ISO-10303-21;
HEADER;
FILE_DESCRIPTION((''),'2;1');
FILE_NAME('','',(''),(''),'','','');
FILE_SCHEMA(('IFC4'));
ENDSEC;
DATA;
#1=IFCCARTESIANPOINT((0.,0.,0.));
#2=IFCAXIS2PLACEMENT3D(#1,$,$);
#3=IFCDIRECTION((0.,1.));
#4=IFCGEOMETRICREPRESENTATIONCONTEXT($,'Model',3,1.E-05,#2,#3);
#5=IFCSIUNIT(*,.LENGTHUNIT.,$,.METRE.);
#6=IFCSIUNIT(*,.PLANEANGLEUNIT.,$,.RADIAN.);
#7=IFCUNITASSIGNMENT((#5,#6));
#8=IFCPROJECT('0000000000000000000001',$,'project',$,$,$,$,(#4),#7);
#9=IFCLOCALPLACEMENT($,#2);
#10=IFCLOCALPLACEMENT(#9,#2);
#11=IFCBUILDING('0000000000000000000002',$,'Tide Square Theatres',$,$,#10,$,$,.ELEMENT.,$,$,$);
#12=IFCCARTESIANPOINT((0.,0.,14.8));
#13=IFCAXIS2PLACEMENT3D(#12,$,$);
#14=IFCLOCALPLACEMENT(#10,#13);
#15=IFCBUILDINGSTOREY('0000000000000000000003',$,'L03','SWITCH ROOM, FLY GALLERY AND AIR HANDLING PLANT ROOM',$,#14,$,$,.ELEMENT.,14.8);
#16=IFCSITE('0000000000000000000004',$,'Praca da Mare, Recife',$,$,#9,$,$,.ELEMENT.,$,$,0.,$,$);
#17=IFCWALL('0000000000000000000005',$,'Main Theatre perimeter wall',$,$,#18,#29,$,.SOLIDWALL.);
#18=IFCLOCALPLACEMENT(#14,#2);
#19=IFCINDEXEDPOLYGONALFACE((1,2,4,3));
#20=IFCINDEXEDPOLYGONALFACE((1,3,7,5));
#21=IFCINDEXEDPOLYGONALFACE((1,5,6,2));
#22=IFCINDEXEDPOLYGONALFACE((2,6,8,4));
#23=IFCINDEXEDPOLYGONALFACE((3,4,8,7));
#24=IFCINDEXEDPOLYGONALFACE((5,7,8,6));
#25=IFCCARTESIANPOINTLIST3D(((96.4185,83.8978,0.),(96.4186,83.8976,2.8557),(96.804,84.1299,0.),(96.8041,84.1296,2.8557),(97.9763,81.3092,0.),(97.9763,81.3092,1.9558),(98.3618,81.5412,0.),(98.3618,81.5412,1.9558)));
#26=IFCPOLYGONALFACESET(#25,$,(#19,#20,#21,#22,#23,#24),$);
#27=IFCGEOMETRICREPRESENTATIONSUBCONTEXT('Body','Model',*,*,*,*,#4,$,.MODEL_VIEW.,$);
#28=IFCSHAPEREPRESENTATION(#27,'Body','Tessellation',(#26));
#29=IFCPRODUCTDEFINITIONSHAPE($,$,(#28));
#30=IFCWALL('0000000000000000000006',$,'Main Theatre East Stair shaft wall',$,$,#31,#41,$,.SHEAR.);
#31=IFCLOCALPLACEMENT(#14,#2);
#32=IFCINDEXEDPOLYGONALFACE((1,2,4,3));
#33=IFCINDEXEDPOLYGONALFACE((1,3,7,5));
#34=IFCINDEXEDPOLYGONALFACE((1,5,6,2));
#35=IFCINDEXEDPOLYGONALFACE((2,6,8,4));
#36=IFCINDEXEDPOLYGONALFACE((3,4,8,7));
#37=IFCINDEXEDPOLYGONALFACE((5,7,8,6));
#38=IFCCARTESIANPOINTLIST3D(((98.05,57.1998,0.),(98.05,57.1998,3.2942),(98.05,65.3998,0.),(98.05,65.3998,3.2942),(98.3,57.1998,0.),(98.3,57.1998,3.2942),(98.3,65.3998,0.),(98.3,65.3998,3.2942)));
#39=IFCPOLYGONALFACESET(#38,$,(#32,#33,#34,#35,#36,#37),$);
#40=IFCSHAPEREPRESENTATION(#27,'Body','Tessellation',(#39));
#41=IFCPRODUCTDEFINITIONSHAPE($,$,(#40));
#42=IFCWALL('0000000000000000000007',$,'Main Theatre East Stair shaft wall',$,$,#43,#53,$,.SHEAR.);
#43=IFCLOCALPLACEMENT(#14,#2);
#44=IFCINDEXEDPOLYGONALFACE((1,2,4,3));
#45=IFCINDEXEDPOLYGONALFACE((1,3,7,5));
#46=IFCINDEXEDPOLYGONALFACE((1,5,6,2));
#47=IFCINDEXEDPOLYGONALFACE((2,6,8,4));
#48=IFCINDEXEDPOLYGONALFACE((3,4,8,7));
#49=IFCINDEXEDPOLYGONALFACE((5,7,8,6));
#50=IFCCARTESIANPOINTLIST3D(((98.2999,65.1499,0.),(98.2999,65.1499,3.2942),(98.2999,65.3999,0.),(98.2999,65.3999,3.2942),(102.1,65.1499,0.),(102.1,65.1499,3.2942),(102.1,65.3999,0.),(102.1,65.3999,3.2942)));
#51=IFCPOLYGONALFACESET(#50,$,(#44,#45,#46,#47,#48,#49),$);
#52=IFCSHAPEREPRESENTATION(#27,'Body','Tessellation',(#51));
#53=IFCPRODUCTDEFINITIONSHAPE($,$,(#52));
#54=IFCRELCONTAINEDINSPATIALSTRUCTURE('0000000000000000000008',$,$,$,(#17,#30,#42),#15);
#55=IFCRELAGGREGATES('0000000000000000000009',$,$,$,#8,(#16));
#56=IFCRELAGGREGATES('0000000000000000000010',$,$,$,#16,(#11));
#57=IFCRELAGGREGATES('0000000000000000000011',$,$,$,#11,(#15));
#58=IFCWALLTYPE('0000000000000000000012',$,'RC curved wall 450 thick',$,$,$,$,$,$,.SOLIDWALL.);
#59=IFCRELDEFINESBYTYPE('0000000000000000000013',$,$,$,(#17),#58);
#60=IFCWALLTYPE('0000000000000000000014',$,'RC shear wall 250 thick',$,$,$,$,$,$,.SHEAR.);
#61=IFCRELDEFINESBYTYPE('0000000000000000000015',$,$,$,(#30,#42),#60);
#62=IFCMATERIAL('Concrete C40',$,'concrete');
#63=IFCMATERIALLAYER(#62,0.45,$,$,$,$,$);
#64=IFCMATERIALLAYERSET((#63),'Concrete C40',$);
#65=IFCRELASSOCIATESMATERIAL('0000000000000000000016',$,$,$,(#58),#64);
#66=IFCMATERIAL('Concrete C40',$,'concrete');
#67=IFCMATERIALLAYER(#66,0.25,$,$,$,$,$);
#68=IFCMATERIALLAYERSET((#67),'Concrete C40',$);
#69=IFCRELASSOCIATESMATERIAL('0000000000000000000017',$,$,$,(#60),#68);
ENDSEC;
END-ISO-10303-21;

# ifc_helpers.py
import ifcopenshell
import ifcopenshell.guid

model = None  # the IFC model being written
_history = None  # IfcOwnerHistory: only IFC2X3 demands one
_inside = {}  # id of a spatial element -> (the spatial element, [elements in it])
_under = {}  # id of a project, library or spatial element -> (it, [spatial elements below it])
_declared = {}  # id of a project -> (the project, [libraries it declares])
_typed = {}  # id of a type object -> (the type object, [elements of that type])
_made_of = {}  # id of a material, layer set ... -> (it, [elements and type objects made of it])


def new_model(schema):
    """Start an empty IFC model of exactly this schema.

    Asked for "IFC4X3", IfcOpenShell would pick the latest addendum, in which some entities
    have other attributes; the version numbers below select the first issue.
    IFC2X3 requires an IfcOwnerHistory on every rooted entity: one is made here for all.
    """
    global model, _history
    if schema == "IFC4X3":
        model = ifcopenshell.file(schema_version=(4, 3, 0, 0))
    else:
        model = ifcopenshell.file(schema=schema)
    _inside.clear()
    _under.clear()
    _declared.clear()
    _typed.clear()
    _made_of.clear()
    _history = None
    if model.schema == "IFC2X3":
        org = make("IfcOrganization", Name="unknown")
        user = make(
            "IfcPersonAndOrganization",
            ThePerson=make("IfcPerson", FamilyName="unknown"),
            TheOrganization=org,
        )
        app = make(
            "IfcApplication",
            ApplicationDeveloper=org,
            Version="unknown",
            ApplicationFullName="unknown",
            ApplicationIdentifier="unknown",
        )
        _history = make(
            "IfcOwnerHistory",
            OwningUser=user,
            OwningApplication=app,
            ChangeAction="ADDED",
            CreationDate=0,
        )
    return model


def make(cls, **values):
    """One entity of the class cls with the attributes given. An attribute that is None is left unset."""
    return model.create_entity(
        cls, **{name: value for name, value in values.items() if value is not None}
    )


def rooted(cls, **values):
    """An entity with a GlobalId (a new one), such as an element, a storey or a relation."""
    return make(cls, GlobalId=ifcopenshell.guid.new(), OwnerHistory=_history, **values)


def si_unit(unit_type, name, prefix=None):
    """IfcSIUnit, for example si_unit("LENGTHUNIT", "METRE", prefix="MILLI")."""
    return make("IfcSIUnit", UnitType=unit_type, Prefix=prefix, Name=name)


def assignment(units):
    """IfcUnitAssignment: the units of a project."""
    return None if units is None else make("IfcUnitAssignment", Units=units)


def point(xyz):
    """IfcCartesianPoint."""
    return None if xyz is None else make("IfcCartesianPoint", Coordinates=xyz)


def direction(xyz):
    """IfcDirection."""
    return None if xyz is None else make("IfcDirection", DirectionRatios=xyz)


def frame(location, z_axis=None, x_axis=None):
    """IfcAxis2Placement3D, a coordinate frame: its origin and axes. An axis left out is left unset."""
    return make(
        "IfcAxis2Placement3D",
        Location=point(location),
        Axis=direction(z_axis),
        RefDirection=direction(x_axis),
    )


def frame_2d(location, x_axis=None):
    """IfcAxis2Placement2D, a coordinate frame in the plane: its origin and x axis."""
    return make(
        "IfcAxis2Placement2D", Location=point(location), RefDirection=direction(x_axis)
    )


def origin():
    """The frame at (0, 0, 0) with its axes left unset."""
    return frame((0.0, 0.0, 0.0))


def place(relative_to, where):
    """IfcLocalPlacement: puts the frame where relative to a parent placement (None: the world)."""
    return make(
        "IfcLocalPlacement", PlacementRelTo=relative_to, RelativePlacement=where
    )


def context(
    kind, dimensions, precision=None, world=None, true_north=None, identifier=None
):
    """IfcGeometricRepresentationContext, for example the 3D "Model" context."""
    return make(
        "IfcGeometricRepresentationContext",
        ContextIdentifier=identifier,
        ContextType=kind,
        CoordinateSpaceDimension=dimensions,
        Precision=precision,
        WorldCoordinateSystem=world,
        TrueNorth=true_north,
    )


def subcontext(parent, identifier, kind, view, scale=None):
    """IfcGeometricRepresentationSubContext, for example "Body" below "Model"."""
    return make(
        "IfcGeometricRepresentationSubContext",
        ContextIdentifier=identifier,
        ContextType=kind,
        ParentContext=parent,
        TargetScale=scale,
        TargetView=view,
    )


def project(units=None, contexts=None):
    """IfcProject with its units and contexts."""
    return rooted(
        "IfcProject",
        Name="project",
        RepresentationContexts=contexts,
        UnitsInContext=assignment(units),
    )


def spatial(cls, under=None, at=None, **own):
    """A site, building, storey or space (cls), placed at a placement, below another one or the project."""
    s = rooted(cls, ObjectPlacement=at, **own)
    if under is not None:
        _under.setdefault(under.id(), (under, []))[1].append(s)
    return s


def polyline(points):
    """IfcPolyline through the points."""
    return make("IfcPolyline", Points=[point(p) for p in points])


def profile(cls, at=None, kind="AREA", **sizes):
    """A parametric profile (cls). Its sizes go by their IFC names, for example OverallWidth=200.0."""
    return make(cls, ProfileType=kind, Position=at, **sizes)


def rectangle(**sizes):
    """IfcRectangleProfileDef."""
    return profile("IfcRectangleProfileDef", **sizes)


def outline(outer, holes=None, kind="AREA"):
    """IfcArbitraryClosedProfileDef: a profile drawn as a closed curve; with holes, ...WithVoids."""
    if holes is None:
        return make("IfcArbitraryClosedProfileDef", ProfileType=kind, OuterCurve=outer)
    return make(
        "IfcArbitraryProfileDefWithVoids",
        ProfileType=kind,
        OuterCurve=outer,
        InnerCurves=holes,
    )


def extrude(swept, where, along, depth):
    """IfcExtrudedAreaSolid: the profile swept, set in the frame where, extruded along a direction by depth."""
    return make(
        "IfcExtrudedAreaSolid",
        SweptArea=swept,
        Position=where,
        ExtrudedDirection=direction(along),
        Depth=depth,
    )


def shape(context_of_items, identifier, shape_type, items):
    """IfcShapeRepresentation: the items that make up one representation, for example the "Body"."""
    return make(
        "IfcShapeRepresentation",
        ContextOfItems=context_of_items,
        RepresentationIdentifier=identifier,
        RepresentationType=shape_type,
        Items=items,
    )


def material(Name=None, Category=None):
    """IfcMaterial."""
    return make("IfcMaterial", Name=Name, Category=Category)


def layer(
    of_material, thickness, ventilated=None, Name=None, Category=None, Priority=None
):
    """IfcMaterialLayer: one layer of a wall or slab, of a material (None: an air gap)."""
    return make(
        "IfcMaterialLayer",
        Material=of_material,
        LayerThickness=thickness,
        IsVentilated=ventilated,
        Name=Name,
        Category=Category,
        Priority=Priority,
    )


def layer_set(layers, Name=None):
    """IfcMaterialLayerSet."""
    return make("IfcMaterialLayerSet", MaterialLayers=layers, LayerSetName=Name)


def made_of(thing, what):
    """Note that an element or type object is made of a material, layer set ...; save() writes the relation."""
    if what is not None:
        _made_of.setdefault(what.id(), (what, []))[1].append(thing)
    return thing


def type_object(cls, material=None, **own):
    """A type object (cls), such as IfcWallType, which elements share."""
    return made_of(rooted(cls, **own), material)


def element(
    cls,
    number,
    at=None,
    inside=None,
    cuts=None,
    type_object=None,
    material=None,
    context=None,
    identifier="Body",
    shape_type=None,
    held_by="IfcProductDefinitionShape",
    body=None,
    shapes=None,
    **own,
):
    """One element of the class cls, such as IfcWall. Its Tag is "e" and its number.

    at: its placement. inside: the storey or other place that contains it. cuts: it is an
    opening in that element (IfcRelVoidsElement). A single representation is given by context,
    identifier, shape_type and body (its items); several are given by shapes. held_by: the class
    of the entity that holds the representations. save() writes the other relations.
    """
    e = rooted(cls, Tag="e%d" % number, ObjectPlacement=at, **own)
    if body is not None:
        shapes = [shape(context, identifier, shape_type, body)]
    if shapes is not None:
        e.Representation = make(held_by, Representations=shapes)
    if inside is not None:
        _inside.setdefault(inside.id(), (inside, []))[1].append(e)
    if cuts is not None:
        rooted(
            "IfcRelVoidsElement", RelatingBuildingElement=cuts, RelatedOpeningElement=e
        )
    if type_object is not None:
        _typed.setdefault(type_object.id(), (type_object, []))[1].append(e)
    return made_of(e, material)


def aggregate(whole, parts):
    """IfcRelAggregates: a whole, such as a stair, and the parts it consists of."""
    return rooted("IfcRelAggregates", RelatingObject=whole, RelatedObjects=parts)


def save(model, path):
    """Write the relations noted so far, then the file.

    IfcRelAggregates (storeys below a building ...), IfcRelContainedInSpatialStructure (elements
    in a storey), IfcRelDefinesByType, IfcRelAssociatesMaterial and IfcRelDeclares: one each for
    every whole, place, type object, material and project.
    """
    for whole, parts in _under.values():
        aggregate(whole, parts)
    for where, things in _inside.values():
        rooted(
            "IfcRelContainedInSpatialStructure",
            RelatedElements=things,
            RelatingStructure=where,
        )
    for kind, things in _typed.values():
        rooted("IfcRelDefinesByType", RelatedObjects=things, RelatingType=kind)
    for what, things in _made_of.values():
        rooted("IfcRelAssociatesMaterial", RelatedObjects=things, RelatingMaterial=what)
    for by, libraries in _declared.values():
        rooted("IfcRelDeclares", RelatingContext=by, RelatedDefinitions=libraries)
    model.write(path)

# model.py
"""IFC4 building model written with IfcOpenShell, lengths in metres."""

from ifc_helpers import new_model, si_unit, direction, frame, frame_2d, origin, place, context, subcontext, project, spatial, polyline, rectangle, outline, extrude, material, layer, layer_set, type_object, element, save


model = new_model("IFC4")

# Units and contexts
model_context = context("Model", 3, precision=1e-05, world=origin(), true_north=direction((0.0, 1.0)))
body_context = subcontext(model_context, "Body", "Model", "MODEL_VIEW")
ifc_project = project(units=[si_unit("LENGTHUNIT", "METRE"), si_unit("PLANEANGLEUNIT", "RADIAN")], contexts=[model_context])

# Site, building, storey
site_placement = place(None, origin())
site = spatial("IfcSite", under=ifc_project, at=site_placement, Name="Praca da Mare, Recife", CompositionType="ELEMENT", RefElevation=0.0)
building_placement = place(site_placement, origin())
building = spatial("IfcBuilding", under=site, at=building_placement, Name="Tide Square Theatres", CompositionType="ELEMENT")
storey_placement = place(building_placement, frame((0.0, 0.0, 14.8)))
storey = spatial("IfcBuildingStorey", under=building, at=storey_placement, Name="L03", Description="SWITCH ROOM, FLY GALLERY AND AIR HANDLING PLANT ROOM", CompositionType="ELEMENT", Elevation=14.8)

# Walls
ifc_material_1 = material(Name="Concrete C40", Category="concrete")
ifc_layer_1 = layer(ifc_material_1, 0.45)
ifc_layer_set_1 = layer_set([ifc_layer_1], Name="Concrete C40")
wall_type_1 = type_object("IfcWallType", Name="RC curved wall 450 thick", PredefinedType="SOLIDWALL", material=ifc_layer_set_1)
wall_1_placement = place(storey_placement, frame((98.1692, 81.4253, 0.0), z_axis=(0.0, 0.0, 1.0), x_axis=(-0.515636, 0.856808, 0.0)))
element("IfcWall", 1, at=wall_1_placement, inside=storey, type_object=wall_type_1, Name="Main Theatre perimeter wall", PredefinedType="SOLIDWALL", context=body_context, shape_type="SweptSolid", body=[
    extrude(outline(polyline([(0.0, 0.0), (3.0212, 0.0), (3.021, 2.8557), (0.0, 1.9558), (0.0, 0.0)])), frame((0.0, 0.2251, 0.0), z_axis=(0.0, -1.0, 0.0), x_axis=(1.0, 0.0, 0.0)), (0.0, 0.0, 1.0), 0.45),
])
ifc_material_2 = material(Name="Concrete C40", Category="concrete")
ifc_layer_2 = layer(ifc_material_2, 0.25)
ifc_layer_set_2 = layer_set([ifc_layer_2], Name="Concrete C40")
wall_type_2 = type_object("IfcWallType", Name="RC shear wall 250 thick", PredefinedType="SHEAR", material=ifc_layer_set_2)
wall_2_placement = place(storey_placement, frame((98.175, 65.3999, 0.0), z_axis=(0.0, 0.0, 1.0), x_axis=(0.0, -1.0, 0.0)))
element("IfcWall", 2, at=wall_2_placement, inside=storey, type_object=wall_type_2, Name="Main Theatre East Stair shaft wall", PredefinedType="SHEAR", context=body_context, shape_type="SweptSolid", body=[
    extrude(rectangle(XDim=8.2, YDim=0.25, at=frame_2d((4.1001, 0.0))), origin(), (0.0, 0.0, 1.0), 3.2942),
])
wall_3_placement = place(storey_placement, frame((98.3, 65.2749, 0.0), z_axis=(0.0, 0.0, 1.0), x_axis=(1.0, 0.0, 0.0)))
element("IfcWall", 3, at=wall_3_placement, inside=storey, type_object=wall_type_2, Name="Main Theatre East Stair shaft wall", PredefinedType="SHEAR", context=body_context, shape_type="SweptSolid", body=[
    extrude(rectangle(XDim=3.8, YDim=0.25, at=frame_2d((1.8999, 0.0))), origin(), (0.0, 0.0, 1.0), 3.2942),
])

save(model, "model.ifc")
